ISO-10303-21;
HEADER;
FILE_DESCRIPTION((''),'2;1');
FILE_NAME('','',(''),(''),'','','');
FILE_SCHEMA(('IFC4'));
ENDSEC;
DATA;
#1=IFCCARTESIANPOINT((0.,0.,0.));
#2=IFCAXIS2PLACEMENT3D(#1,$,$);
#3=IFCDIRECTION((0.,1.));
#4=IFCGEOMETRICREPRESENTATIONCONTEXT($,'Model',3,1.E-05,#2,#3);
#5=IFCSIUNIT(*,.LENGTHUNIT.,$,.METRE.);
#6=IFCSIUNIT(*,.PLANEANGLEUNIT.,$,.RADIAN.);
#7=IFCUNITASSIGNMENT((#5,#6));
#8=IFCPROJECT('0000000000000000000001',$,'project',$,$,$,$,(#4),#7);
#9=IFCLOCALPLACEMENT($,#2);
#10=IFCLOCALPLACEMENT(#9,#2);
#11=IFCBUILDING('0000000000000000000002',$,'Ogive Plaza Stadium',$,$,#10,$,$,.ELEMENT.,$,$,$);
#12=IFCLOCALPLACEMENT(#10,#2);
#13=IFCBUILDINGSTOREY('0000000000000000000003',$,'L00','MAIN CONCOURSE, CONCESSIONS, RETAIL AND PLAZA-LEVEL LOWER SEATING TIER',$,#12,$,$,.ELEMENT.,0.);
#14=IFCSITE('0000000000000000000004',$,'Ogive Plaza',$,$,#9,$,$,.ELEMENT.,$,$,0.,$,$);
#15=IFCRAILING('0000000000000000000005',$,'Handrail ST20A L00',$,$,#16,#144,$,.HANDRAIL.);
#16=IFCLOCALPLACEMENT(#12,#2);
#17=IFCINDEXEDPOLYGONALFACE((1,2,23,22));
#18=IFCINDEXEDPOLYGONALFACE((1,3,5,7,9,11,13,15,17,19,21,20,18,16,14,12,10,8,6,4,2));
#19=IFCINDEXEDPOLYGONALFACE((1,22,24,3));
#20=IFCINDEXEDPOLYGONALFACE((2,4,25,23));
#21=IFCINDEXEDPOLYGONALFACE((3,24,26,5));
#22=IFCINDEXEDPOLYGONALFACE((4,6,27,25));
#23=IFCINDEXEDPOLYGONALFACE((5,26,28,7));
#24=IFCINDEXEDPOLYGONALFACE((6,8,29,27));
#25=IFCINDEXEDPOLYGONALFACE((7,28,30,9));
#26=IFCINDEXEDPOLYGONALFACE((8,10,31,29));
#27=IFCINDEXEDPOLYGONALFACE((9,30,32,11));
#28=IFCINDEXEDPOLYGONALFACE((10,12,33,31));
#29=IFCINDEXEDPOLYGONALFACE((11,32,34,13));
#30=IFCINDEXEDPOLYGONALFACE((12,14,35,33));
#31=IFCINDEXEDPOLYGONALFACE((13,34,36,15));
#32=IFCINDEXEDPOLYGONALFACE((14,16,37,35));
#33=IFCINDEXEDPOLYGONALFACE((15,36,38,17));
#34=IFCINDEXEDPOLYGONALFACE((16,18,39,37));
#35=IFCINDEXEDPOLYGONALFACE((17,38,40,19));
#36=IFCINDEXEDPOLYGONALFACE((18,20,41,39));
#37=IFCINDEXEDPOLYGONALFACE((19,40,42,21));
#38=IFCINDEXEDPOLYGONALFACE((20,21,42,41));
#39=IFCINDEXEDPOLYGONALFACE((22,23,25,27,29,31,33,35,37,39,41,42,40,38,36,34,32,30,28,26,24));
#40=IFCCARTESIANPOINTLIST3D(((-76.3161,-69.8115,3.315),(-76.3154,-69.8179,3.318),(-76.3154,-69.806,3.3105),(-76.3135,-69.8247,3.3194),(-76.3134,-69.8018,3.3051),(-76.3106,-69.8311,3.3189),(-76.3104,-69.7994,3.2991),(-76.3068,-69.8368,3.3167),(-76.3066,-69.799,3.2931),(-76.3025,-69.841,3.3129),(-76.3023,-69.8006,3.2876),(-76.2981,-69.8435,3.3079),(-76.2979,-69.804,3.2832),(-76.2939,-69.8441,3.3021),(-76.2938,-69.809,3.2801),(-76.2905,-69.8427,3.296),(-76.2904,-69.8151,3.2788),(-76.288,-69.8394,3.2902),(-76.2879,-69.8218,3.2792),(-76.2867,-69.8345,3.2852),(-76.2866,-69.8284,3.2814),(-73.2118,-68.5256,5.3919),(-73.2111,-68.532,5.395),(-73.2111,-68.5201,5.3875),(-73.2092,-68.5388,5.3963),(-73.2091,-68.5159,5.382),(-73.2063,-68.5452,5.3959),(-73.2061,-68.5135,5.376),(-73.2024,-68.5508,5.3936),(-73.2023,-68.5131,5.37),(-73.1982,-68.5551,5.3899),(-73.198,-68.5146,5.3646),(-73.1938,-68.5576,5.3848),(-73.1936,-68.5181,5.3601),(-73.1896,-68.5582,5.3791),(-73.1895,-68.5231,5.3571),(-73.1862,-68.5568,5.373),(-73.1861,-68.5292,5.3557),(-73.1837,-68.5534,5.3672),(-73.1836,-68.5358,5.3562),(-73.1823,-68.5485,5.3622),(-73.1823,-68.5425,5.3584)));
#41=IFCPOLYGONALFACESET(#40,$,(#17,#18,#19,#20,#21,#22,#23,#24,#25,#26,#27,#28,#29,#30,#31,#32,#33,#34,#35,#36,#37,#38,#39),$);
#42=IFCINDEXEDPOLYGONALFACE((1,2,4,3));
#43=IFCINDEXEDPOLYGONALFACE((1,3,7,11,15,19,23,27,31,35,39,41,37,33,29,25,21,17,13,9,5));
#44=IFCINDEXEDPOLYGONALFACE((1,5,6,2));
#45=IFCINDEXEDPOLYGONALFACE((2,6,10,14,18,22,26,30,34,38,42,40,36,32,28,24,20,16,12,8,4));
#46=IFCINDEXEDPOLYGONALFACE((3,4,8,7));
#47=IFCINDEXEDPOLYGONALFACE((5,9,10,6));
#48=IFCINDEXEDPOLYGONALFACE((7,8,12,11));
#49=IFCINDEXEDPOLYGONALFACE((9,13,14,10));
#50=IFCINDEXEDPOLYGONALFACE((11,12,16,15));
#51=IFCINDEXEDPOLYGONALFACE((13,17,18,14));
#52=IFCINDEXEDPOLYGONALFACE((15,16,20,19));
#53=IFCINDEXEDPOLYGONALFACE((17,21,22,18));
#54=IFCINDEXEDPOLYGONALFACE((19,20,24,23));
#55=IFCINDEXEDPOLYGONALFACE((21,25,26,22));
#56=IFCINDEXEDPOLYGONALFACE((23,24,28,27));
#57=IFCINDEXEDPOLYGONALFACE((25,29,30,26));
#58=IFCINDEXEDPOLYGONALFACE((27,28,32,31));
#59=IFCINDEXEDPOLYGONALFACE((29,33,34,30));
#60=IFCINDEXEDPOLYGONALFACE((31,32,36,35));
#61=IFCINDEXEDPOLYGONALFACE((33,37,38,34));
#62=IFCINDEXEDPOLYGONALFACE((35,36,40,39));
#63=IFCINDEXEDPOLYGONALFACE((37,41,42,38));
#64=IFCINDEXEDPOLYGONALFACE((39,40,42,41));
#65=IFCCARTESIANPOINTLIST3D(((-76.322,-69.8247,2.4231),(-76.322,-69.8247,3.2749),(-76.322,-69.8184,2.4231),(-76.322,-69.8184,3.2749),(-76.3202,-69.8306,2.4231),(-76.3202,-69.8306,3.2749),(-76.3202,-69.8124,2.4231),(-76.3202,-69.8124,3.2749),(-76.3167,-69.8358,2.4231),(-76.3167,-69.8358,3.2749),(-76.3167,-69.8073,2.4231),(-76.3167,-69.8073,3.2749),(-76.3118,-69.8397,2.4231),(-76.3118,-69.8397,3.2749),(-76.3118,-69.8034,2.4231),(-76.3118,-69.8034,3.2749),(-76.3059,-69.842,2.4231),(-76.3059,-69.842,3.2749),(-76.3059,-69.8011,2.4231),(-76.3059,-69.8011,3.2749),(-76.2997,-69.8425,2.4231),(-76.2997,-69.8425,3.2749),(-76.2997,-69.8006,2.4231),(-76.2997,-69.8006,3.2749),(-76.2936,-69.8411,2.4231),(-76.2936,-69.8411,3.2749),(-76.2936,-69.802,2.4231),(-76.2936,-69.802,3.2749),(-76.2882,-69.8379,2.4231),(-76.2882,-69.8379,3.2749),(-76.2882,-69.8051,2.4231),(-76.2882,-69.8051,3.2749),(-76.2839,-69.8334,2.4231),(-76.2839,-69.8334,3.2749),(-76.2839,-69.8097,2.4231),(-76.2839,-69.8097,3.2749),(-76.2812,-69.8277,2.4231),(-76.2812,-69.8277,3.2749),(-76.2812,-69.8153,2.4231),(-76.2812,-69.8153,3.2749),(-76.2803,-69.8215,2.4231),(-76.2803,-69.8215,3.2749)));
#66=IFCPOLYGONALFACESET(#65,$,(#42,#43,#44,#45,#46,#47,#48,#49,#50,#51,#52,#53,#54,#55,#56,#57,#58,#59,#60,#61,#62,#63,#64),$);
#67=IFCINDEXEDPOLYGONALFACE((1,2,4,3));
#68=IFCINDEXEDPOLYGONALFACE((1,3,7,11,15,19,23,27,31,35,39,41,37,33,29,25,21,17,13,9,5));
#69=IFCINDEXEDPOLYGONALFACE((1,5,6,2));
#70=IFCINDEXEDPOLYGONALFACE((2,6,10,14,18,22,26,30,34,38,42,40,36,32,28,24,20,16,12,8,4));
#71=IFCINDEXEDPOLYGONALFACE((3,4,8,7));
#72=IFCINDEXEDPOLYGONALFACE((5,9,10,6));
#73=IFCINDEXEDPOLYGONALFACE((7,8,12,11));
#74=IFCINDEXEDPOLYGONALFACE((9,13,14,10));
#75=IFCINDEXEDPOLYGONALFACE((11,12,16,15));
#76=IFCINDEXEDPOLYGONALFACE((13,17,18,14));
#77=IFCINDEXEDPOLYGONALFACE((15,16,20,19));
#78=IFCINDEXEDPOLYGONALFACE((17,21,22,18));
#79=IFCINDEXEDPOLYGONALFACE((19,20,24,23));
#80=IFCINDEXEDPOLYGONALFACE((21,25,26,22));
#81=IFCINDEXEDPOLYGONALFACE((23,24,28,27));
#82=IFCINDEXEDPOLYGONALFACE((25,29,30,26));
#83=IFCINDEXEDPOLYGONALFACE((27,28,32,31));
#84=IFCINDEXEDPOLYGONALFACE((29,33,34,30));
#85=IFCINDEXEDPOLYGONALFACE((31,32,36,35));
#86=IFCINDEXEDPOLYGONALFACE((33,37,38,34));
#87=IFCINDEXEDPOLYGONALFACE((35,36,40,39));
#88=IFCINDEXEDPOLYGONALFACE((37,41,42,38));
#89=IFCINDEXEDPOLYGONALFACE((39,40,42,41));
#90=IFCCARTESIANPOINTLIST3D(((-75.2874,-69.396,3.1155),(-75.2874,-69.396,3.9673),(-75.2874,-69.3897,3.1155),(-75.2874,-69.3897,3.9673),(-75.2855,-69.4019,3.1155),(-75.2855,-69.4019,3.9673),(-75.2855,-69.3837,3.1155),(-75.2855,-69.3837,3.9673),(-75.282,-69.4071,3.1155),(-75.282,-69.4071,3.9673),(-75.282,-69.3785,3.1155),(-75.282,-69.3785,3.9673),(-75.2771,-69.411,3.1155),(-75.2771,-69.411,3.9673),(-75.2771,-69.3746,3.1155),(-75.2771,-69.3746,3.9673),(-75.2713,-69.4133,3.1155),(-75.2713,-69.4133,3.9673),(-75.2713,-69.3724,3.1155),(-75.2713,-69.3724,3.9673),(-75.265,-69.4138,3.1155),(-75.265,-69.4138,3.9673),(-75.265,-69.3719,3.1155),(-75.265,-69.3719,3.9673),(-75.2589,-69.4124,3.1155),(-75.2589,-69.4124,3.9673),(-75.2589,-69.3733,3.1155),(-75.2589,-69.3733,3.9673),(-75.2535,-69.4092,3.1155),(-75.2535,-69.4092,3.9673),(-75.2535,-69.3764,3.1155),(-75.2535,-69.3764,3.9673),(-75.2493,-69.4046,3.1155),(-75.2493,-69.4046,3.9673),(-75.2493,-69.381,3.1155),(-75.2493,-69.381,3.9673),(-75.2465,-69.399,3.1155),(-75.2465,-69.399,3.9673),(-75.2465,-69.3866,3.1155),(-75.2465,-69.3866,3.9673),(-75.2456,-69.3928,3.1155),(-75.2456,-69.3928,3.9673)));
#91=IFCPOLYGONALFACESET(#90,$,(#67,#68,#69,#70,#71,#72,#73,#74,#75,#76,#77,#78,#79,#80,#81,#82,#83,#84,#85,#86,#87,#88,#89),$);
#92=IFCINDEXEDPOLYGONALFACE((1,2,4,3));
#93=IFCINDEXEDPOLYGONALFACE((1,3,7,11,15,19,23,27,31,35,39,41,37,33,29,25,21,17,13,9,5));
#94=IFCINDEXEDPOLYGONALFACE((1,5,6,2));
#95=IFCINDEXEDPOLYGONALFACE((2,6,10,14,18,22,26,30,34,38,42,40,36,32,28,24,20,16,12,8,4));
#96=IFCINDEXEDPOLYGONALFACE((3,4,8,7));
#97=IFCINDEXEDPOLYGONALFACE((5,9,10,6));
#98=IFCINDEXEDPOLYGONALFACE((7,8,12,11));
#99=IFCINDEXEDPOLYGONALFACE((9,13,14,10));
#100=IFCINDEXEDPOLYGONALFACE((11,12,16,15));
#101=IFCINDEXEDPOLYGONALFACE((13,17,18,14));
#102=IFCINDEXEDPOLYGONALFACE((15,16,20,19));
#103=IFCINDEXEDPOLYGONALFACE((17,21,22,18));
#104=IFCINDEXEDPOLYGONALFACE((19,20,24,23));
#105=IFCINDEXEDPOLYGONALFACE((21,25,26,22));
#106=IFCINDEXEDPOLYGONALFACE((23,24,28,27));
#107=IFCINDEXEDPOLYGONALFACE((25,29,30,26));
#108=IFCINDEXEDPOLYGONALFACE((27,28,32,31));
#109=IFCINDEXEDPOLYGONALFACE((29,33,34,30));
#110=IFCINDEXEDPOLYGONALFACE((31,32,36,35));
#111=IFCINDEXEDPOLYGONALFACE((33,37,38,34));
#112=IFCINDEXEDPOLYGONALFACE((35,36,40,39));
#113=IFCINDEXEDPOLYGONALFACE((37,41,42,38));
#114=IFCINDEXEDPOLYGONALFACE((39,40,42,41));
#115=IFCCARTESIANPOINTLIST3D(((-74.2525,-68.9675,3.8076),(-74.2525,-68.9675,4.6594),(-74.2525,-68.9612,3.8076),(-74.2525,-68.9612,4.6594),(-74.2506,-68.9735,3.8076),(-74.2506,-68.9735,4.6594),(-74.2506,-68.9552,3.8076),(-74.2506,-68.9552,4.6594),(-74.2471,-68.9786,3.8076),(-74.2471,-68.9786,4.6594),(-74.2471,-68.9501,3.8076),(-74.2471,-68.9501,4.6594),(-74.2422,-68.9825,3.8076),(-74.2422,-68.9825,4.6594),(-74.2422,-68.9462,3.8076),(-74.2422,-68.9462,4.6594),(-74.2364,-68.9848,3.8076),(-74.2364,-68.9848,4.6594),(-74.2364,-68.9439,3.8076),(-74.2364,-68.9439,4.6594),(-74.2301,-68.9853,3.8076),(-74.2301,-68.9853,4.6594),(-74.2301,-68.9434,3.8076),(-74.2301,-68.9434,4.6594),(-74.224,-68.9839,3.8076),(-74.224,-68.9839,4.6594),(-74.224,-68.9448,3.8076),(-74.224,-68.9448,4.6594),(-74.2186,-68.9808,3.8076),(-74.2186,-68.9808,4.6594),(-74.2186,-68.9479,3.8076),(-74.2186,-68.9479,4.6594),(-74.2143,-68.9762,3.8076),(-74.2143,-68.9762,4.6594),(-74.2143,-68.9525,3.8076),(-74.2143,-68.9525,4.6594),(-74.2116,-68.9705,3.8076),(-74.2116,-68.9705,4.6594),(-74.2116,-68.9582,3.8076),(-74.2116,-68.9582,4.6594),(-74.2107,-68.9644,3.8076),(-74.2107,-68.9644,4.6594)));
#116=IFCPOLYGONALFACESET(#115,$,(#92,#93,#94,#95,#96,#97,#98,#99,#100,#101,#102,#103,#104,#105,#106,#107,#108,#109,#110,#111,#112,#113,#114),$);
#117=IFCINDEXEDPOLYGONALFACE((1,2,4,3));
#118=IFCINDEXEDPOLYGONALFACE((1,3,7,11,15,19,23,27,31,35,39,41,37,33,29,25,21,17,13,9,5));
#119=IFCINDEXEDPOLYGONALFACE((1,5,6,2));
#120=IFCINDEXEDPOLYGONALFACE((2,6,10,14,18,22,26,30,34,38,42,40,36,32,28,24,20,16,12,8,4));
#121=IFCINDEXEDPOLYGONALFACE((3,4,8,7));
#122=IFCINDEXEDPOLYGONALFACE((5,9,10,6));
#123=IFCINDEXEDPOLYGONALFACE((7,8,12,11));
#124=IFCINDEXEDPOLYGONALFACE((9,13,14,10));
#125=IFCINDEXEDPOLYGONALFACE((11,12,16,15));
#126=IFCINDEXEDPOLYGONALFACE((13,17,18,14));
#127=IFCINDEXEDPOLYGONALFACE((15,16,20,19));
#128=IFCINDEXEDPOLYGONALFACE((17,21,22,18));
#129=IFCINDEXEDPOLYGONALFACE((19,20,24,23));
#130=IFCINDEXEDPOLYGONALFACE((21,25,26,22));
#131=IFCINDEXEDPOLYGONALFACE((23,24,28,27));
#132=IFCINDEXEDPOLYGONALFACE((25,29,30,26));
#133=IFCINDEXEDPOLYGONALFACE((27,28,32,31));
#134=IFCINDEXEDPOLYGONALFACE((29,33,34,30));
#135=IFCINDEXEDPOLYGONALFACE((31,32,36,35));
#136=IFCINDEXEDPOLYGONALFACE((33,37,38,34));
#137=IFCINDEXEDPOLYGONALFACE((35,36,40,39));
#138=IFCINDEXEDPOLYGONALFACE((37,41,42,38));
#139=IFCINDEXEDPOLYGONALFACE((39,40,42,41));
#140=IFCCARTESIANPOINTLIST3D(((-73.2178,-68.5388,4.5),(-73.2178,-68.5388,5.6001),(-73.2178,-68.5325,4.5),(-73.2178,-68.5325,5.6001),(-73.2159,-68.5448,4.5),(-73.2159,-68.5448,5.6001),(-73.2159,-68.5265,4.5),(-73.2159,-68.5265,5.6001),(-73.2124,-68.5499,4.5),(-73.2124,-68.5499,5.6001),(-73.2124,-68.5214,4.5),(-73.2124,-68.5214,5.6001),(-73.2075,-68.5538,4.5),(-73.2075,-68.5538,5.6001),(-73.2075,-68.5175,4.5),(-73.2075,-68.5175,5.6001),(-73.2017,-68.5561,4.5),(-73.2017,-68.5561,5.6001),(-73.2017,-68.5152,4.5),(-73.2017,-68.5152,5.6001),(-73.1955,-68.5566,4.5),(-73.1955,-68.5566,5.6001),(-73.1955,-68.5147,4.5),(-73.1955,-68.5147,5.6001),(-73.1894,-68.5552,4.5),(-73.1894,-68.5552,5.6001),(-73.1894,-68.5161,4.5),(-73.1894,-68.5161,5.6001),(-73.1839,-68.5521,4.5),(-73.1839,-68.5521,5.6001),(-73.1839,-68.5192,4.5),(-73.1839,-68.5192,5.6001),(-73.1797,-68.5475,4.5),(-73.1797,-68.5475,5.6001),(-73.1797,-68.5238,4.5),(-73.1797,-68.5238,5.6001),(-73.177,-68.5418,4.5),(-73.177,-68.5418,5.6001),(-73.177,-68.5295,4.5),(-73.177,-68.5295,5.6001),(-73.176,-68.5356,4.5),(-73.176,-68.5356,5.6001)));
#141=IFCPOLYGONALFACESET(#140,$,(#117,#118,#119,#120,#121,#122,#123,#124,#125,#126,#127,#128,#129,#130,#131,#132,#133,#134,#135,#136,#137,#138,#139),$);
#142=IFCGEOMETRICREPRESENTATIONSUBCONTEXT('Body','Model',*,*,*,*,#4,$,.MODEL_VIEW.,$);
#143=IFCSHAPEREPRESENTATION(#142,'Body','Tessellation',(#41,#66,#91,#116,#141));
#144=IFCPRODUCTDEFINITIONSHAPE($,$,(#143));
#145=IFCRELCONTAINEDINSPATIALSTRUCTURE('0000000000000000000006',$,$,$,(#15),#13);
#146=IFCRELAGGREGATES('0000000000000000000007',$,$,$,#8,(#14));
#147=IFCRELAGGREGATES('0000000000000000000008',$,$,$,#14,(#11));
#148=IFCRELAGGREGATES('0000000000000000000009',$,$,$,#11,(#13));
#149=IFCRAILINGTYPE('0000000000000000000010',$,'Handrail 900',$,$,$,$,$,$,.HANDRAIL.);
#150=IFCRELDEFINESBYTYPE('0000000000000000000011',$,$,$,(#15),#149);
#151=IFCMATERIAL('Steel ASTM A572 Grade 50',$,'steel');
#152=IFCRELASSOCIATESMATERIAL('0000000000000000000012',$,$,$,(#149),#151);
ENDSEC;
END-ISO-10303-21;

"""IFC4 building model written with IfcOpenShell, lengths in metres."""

from ifc_helpers import new_model, si_unit, direction, frame, origin, origin_2d, place, context, subcontext, project, spatial, circle, extrude, material, type_object, element, save


model = new_model("IFC4")

# Units and contexts
model_context = context("Model", 3, precision=1e-05, world=origin(), true_north=direction((0.0, 1.0)))
body_context = subcontext(model_context, "Body", "Model", "MODEL_VIEW")
ifc_project = project(units=[si_unit("LENGTHUNIT", "METRE"), si_unit("PLANEANGLEUNIT", "RADIAN")], contexts=[model_context])

# Site, building, storey
site_placement = place(None, origin())
site = spatial("IfcSite", under=ifc_project, at=site_placement, Name="Ogive Plaza", CompositionType="ELEMENT", RefElevation=0.0)
building_placement = place(site_placement, origin())
building = spatial("IfcBuilding", under=site, at=building_placement, Name="Ogive Plaza Stadium", CompositionType="ELEMENT")
storey_placement = place(building_placement, origin())
storey = spatial("IfcBuildingStorey", under=building, at=storey_placement, Name="L00", Description="MAIN CONCOURSE, CONCESSIONS, RETAIL AND PLAZA-LEVEL LOWER SEATING TIER", CompositionType="ELEMENT", Elevation=0.0)

# Railing
ifc_material_1 = material(Name="Steel ASTM A572 Grade 50", Category="steel")
railing_type_1 = type_object("IfcRailingType", Name="Handrail 900", PredefinedType="HANDRAIL", material=ifc_material_1)
railing_1_placement = place(storey_placement, frame((-76.3013, -69.8215, 2.4231)))
element("IfcRailing", 1, at=railing_1_placement, inside=storey, type_object=railing_type_1, Name="Handrail ST20A L00", PredefinedType="HANDRAIL", context=body_context, shape_type="SweptSolid", body=[
    extrude(circle(Radius=0.0239, at=origin_2d()), frame((0.0, 0.0, 0.876), z_axis=(0.785863, 0.325532, 0.525783), x_axis=(-0.3827, 0.923872, 0.0)), (0.0, 0.0, 1.0), 3.9502),
    extrude(circle(Radius=0.021, at=origin_2d()), origin(), (0.0, 0.0, 1.0), 0.8518),
    extrude(circle(Radius=0.021, at=origin_2d()), frame((1.0347, 0.4287, 0.6924)), (0.0, 0.0, 1.0), 0.8518),
    extrude(circle(Radius=0.021, at=origin_2d()), frame((2.0696, 0.8572, 1.3845)), (0.0, 0.0, 1.0), 0.8518),
    extrude(circle(Radius=0.021, at=origin_2d()), frame((3.1042, 1.2859, 2.0769)), (0.0, 0.0, 1.0), 1.1001),
])

save(model, "model.ifc")
